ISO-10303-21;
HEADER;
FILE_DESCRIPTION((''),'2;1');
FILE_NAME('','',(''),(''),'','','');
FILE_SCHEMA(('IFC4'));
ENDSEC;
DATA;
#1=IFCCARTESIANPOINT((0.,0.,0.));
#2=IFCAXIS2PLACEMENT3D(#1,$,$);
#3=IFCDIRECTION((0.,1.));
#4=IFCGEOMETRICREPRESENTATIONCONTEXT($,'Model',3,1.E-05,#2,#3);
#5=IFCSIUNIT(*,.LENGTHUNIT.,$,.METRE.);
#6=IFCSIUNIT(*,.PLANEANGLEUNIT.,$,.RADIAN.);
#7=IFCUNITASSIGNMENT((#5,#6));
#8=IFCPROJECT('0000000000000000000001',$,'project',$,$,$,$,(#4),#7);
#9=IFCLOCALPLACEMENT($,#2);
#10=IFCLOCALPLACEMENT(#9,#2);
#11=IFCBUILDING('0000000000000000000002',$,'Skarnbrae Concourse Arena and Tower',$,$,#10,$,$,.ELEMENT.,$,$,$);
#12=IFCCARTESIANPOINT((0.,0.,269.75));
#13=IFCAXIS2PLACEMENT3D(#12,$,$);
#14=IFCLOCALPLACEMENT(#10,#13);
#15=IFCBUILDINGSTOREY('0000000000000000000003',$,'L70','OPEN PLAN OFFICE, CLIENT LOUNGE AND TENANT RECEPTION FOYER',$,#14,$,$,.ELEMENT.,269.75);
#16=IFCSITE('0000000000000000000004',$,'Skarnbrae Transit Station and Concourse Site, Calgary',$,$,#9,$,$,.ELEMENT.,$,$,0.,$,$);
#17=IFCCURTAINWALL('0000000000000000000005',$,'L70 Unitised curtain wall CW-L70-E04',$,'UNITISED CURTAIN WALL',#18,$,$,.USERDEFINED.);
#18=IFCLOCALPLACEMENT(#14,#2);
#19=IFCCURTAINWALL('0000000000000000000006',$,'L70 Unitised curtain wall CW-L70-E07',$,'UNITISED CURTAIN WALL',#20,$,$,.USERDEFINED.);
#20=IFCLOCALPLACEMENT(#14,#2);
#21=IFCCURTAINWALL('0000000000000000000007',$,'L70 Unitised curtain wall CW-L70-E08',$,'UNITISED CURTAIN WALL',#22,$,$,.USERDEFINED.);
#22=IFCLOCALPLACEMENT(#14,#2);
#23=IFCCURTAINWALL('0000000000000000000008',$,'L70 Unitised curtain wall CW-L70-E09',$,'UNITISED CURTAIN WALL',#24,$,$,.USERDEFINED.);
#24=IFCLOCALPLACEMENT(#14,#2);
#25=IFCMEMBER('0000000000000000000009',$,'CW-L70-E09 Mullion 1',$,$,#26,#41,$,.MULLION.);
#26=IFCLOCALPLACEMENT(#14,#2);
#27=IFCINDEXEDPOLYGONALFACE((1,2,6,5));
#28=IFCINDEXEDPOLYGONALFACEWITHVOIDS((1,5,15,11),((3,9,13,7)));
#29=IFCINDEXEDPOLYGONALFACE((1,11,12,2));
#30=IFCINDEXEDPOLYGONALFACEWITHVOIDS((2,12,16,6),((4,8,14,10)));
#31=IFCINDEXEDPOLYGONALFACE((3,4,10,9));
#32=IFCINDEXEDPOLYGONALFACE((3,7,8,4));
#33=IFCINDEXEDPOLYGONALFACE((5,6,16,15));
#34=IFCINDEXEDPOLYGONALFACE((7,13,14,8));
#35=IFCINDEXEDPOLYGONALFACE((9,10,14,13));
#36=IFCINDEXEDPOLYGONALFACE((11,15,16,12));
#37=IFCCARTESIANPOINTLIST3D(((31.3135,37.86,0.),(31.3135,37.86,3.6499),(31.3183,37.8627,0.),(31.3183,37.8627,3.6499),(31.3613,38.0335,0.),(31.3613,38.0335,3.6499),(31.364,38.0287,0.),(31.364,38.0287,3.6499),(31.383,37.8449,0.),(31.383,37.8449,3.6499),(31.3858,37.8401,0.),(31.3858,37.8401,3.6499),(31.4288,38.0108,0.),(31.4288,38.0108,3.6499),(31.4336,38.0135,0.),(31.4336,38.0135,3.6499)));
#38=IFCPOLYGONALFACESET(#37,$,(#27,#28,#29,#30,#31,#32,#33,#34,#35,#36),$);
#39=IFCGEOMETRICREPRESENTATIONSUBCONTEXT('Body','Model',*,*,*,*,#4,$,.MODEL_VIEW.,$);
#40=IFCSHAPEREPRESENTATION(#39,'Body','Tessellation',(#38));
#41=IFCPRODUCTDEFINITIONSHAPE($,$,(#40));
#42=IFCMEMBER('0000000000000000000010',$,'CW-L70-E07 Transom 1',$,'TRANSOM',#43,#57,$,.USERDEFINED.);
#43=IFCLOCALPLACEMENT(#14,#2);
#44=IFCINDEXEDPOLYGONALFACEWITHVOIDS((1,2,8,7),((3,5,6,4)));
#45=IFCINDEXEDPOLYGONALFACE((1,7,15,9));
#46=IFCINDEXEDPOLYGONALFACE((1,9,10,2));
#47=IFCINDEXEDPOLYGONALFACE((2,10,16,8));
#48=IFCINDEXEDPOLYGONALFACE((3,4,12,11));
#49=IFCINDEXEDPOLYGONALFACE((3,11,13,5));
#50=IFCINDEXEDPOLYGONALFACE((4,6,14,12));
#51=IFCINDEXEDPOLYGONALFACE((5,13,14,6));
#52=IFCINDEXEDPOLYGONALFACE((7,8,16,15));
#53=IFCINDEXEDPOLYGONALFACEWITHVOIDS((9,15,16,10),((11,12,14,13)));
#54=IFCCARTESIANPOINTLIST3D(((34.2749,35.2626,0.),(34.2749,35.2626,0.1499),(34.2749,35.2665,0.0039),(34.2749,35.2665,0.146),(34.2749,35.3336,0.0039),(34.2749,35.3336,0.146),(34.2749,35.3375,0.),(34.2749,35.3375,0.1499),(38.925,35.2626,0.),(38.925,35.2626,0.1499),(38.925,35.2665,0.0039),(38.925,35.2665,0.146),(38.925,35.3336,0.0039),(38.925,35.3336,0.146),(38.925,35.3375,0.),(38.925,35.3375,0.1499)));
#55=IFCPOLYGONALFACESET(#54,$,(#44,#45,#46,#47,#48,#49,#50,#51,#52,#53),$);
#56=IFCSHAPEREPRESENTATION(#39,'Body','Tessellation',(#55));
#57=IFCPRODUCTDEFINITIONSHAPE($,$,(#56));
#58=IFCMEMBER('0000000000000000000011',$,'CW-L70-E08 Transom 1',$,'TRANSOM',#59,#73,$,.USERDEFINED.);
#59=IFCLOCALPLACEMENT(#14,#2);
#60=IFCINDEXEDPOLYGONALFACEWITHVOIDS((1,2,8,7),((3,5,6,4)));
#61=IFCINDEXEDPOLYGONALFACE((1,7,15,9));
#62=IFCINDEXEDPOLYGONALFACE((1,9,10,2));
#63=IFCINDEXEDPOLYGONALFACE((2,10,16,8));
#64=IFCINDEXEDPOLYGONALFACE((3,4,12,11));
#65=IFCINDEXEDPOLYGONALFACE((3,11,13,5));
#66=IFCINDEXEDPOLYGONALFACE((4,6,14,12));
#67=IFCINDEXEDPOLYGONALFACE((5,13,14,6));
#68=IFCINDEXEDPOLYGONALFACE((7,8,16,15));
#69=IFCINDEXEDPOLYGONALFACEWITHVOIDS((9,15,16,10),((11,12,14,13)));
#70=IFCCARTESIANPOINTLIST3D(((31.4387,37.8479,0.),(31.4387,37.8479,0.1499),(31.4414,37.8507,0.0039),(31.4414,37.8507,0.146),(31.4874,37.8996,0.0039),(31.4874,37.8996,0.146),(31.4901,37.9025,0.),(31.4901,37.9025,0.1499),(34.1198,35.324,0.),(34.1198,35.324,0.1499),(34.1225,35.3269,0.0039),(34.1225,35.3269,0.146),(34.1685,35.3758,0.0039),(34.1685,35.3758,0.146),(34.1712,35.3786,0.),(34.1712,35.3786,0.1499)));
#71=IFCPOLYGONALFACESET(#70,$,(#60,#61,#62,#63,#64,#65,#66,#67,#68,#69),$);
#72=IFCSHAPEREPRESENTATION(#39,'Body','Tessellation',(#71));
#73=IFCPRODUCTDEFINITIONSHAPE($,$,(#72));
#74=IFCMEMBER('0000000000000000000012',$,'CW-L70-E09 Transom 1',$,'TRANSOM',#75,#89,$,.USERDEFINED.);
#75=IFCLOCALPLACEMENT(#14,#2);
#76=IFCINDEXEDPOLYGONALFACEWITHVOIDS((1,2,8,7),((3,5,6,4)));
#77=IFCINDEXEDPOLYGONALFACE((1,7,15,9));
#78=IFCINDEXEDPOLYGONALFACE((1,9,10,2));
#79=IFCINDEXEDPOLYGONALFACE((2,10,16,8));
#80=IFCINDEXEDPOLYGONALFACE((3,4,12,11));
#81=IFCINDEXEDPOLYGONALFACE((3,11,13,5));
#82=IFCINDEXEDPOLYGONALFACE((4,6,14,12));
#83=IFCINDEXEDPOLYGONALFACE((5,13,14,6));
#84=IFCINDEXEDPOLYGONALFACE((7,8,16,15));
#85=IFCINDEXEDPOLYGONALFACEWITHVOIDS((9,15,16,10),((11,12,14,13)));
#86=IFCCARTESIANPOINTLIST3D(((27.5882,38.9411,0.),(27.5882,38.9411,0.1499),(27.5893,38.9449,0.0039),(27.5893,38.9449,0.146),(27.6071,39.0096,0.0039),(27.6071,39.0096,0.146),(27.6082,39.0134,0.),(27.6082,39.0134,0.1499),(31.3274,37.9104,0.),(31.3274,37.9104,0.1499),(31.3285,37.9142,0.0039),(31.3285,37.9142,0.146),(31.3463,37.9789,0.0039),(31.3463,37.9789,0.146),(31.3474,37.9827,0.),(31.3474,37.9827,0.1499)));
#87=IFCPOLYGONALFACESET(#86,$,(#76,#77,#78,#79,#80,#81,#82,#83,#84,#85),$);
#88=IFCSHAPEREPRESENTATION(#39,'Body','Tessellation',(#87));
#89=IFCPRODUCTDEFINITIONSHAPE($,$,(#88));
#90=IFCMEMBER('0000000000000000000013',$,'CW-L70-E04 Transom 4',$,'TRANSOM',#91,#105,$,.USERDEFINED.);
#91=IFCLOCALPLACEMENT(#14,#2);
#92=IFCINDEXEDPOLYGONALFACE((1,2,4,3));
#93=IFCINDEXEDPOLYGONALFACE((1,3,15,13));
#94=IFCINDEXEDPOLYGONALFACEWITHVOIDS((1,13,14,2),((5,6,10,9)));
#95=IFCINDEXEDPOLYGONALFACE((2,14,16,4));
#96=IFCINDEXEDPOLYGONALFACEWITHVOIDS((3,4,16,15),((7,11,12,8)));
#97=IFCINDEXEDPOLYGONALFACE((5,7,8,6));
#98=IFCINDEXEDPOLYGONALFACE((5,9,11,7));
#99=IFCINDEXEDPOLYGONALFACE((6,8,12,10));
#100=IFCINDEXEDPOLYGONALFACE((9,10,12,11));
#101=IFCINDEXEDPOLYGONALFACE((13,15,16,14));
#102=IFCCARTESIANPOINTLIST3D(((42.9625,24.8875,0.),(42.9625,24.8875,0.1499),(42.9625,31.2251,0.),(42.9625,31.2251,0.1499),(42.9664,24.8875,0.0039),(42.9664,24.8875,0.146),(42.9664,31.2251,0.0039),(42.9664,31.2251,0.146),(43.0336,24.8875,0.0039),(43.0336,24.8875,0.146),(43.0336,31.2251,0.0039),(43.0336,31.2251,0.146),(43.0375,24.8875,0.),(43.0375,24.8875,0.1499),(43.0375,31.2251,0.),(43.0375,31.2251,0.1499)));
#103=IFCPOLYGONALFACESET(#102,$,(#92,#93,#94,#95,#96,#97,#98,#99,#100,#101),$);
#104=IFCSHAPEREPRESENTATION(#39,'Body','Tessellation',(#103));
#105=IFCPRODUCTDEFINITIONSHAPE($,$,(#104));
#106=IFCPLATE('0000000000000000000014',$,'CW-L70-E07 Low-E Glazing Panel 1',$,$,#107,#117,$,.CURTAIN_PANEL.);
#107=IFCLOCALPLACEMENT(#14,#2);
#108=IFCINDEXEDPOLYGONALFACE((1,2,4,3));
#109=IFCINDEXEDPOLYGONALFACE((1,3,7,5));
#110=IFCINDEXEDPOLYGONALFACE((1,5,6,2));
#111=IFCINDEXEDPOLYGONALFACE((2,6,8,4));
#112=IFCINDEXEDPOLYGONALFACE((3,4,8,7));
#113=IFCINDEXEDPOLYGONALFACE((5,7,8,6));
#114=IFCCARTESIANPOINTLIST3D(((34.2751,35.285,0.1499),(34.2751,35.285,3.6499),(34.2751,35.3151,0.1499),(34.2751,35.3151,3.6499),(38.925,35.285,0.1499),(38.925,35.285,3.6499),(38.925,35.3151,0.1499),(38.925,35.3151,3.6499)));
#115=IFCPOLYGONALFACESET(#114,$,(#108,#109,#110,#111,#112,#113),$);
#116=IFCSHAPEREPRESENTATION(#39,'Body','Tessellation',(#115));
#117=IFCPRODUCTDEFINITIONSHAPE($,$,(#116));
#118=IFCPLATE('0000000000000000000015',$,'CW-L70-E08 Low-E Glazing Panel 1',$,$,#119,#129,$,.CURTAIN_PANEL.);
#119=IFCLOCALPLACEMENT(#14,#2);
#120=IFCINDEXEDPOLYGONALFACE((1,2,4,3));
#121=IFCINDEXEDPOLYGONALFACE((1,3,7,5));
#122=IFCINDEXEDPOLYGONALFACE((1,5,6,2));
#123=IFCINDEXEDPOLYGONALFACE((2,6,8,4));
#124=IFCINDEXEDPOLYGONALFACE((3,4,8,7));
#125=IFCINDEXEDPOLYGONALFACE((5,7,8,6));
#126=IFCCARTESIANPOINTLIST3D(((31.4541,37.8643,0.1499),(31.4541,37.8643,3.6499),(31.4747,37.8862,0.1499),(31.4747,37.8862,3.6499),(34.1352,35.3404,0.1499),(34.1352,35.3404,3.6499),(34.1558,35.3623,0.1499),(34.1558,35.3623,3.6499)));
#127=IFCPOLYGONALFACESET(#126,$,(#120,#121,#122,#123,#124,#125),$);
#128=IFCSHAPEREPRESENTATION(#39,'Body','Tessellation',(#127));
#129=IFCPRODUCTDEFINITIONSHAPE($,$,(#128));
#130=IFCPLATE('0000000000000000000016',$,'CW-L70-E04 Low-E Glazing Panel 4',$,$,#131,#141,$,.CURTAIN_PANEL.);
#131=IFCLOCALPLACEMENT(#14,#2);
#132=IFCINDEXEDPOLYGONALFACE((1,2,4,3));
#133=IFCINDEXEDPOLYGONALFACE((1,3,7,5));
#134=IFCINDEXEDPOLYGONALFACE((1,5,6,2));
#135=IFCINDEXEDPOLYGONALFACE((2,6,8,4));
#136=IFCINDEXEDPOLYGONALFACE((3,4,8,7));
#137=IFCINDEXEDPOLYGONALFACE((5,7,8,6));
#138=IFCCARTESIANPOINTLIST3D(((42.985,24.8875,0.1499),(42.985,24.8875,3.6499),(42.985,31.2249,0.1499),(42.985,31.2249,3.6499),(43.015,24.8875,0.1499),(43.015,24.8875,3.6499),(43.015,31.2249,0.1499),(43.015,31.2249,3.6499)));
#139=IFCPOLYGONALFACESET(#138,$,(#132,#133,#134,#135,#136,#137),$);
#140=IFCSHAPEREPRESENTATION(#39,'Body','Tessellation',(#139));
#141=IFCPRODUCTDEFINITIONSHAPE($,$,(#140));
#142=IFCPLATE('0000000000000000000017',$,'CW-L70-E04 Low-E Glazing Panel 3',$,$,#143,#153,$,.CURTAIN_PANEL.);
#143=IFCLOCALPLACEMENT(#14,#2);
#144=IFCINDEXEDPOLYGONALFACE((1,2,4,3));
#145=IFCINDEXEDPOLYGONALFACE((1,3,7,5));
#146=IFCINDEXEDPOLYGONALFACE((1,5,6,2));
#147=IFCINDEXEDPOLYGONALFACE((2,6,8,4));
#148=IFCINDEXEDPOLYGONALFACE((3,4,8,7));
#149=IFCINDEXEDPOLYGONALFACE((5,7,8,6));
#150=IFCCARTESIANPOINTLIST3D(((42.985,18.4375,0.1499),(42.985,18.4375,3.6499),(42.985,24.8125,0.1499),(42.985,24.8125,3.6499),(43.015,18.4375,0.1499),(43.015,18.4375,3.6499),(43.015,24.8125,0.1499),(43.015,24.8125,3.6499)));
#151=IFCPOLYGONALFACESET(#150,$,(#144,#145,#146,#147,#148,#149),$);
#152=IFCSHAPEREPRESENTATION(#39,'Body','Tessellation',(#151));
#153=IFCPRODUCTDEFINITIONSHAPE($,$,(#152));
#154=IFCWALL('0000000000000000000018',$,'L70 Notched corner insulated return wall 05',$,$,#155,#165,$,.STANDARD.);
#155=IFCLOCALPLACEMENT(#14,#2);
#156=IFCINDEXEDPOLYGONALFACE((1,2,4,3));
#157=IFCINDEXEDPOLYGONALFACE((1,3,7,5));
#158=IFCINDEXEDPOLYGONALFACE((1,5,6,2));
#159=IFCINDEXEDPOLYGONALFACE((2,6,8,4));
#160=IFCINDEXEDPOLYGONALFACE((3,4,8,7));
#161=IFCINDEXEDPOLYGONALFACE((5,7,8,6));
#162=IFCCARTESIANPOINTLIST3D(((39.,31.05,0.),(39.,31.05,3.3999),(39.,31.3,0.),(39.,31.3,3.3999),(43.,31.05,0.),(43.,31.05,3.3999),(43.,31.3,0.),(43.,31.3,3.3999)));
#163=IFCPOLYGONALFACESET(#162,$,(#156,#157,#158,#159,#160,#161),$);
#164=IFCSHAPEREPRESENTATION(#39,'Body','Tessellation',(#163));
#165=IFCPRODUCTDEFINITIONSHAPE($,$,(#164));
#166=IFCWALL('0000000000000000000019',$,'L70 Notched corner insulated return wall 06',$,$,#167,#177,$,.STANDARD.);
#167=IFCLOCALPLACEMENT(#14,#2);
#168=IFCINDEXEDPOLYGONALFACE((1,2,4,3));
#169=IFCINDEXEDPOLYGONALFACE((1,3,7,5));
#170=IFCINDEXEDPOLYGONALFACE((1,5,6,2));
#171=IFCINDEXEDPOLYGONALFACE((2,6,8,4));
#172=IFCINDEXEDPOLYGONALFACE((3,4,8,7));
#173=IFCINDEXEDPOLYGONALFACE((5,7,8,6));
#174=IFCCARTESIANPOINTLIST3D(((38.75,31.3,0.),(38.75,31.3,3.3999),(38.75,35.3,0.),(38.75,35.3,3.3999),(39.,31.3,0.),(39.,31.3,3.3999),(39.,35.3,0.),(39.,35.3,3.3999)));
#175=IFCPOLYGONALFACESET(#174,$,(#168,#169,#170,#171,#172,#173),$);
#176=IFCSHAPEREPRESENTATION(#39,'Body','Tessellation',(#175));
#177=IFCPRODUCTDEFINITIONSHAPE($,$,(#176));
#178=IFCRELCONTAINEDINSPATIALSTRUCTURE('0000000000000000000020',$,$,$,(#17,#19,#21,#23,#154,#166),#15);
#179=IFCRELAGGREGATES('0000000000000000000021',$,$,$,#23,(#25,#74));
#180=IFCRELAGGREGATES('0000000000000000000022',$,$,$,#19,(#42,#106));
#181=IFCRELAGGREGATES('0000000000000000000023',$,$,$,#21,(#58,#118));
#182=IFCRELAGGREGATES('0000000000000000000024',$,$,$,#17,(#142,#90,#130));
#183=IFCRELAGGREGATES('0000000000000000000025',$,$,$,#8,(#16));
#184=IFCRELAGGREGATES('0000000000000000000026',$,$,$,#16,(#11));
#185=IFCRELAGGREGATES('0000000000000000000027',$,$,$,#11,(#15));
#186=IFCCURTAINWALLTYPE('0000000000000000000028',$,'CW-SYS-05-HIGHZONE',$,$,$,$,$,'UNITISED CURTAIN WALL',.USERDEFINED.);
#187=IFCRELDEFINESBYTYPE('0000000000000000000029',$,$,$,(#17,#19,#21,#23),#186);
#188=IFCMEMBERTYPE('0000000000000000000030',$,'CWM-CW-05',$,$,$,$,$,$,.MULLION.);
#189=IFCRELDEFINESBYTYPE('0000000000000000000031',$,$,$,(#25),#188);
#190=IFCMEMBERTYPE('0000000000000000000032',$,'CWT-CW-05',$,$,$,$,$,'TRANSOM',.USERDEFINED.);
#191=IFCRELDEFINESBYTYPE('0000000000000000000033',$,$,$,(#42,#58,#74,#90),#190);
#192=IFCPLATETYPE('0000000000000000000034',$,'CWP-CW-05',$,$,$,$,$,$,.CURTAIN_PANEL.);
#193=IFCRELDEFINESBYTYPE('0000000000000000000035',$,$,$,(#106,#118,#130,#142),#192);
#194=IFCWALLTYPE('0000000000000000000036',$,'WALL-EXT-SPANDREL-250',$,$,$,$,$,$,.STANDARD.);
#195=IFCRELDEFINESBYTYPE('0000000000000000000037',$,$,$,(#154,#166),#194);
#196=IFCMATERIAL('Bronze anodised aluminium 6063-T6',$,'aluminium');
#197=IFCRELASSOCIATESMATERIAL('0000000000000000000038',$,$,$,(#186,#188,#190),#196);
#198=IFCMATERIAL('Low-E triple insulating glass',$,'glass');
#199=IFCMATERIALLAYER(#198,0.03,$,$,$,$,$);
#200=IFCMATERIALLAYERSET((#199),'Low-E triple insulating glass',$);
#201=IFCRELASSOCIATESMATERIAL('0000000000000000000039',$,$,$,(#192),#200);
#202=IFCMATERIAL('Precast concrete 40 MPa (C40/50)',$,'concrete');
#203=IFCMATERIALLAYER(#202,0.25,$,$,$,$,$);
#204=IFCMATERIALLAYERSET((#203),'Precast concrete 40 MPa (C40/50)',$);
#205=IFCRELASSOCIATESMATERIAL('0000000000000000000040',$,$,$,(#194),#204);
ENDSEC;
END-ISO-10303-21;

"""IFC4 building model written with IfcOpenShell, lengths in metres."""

from ifc_helpers import new_model, si_unit, direction, frame, frame_2d, origin, origin_2d, place, context, subcontext, project, spatial, rectangle, hollow_rectangle, extrude, source, transform, mapped, material, layer, layer_set, material_profile, profile_set, type_object, element, aggregate, save


model = new_model("IFC4")

# Units and contexts
model_context = context("Model", 3, precision=1e-05, world=origin(), true_north=direction((0.0, 1.0)))
body_context = subcontext(model_context, "Body", "Model", "MODEL_VIEW")
ifc_project = project(units=[si_unit("LENGTHUNIT", "METRE"), si_unit("PLANEANGLEUNIT", "RADIAN")], contexts=[model_context])

# Site, building, storey
site_placement = place(None, origin())
site = spatial("IfcSite", under=ifc_project, at=site_placement, Name="Skarnbrae Transit Station and Concourse Site, Calgary", CompositionType="ELEMENT", RefElevation=0.0)
building_placement = place(site_placement, origin())
building = spatial("IfcBuilding", under=site, at=building_placement, Name="Skarnbrae Concourse Arena and Tower", CompositionType="ELEMENT")
storey_placement = place(building_placement, frame((0.0, 0.0, 269.75)))
storey = spatial("IfcBuildingStorey", under=building, at=storey_placement, Name="L70", Description="OPEN PLAN OFFICE, CLIENT LOUNGE AND TENANT RECEPTION FOYER", CompositionType="ELEMENT", Elevation=269.75)

# Curtain walls
ifc_material_1 = material(Name="Bronze anodised aluminium 6063-T6", Category="aluminium")
curtain_wall_type = type_object("IfcCurtainWallType", Name="CW-SYS-05-HIGHZONE", ElementType="UNITISED CURTAIN WALL", PredefinedType="USERDEFINED", material=ifc_material_1)
curtain_wall_1_placement = place(storey_placement, origin())
curtain_wall_1 = element("IfcCurtainWall", 1, at=curtain_wall_1_placement, inside=storey, type_object=curtain_wall_type, Name="L70 Unitised curtain wall CW-L70-E04", ObjectType="UNITISED CURTAIN WALL", PredefinedType="USERDEFINED")
ifc_material_profile_1 = material_profile(ifc_material_1, hollow_rectangle(XDim=0.075, YDim=0.1799, WallThickness=0.0039, at=origin_2d()), Name="ALU-MULL-75X180")
ifc_profile_set_1 = profile_set([ifc_material_profile_1], Name="Bronze anodised aluminium 6063-T6")
member_type_1 = type_object("IfcMemberType", Name="CWM-CW-05", PredefinedType="MULLION", material=ifc_profile_set_1)
shared_shape_1 = source(origin(), body_context, "Body", "SweptSolid", [
    extrude(hollow_rectangle(XDim=0.075, YDim=0.1799, WallThickness=0.0039, at=origin_2d()), origin(), (0.0, 0.0, 1.0), 3.6499),
])
curtain_wall_2_placement = place(storey_placement, origin())
curtain_wall_2 = element("IfcCurtainWall", 2, at=curtain_wall_2_placement, inside=storey, type_object=curtain_wall_type, Name="L70 Unitised curtain wall CW-L70-E07", ObjectType="UNITISED CURTAIN WALL", PredefinedType="USERDEFINED")
curtain_wall_3_placement = place(storey_placement, origin())
curtain_wall_3 = element("IfcCurtainWall", 3, at=curtain_wall_3_placement, inside=storey, type_object=curtain_wall_type, Name="L70 Unitised curtain wall CW-L70-E08", ObjectType="UNITISED CURTAIN WALL", PredefinedType="USERDEFINED")

# Curtain wall, member
curtain_wall_4_placement = place(storey_placement, origin())
curtain_wall_4 = element("IfcCurtainWall", 4, at=curtain_wall_4_placement, inside=storey, type_object=curtain_wall_type, Name="L70 Unitised curtain wall CW-L70-E09", ObjectType="UNITISED CURTAIN WALL", PredefinedType="USERDEFINED")
member_1_placement = place(storey_placement, frame((31.3735, 37.9368, 0.0), z_axis=(0.0, 0.0, 1.0), x_axis=(-0.964057, 0.265694, 0.0)))
member_1 = element("IfcMember", 5, at=member_1_placement, type_object=member_type_1, Name="CW-L70-E09 Mullion 1", PredefinedType="MULLION", context=body_context, shape_type="MappedRepresentation", body=[
    mapped(shared_shape_1, transform((0.0, 0.0, 0.0))),
])

# Members
ifc_material_profile_2 = material_profile(ifc_material_1, hollow_rectangle(XDim=0.075, YDim=0.1499, WallThickness=0.0039, at=origin_2d()), Name="ALU-TRAN-75X150")
ifc_profile_set_2 = profile_set([ifc_material_profile_2], Name="Bronze anodised aluminium 6063-T6")
member_type_2 = type_object("IfcMemberType", Name="CWT-CW-05", ElementType="TRANSOM", PredefinedType="USERDEFINED", material=ifc_profile_set_2)
shared_shape_2 = source(origin(), body_context, "Body", "SweptSolid", [
    extrude(hollow_rectangle(XDim=0.075, YDim=0.1499, WallThickness=0.0039, at=origin_2d()), origin(), (0.0, 0.0, 1.0), 4.6501),
])
member_2_placement = place(storey_placement, frame((38.925, 35.3, 0.075), z_axis=(-1.0, 0.0, 0.0), x_axis=(0.0, -1.0, 0.0)))
member_2 = element("IfcMember", 6, at=member_2_placement, type_object=member_type_2, Name="CW-L70-E07 Transom 1", ObjectType="TRANSOM", PredefinedType="USERDEFINED", context=body_context, shape_type="MappedRepresentation", body=[
    mapped(shared_shape_2, transform((0.0, 0.0, 0.0))),
])
shared_shape_3 = source(origin(), body_context, "Body", "SweptSolid", [
    extrude(hollow_rectangle(XDim=0.075, YDim=0.1499, WallThickness=0.0039, at=origin_2d()), origin(), (0.0, 0.0, 1.0), 3.6821),
])
member_3_placement = place(storey_placement, frame((34.1455, 35.3513, 0.075), z_axis=(-0.728134, 0.685435, 0.0), x_axis=(-0.685435, -0.728134, 0.0)))
member_3 = element("IfcMember", 7, at=member_3_placement, type_object=member_type_2, Name="CW-L70-E08 Transom 1", ObjectType="TRANSOM", PredefinedType="USERDEFINED", context=body_context, shape_type="MappedRepresentation", body=[
    mapped(shared_shape_3, transform((0.0, 0.0, 0.0))),
])
shared_shape_4 = source(origin(), body_context, "Body", "SweptSolid", [
    extrude(hollow_rectangle(XDim=0.075, YDim=0.1499, WallThickness=0.0039, at=origin_2d()), origin(), (0.0, 0.0, 1.0), 3.8787),
])
member_4_placement = place(storey_placement, frame((31.3374, 37.9465, 0.075), z_axis=(-0.964043, 0.265747, 0.0), x_axis=(-0.265747, -0.964043, 0.0)))
member_4 = element("IfcMember", 8, at=member_4_placement, type_object=member_type_2, Name="CW-L70-E09 Transom 1", ObjectType="TRANSOM", PredefinedType="USERDEFINED", context=body_context, shape_type="MappedRepresentation", body=[
    mapped(shared_shape_4, transform((0.0, 0.0, 0.0))),
])
aggregate(curtain_wall_4, [member_1, member_4])
shared_shape_5 = source(origin(), body_context, "Body", "SweptSolid", [
    extrude(hollow_rectangle(XDim=0.075, YDim=0.1499, WallThickness=0.0039, at=origin_2d()), origin(), (0.0, 0.0, 1.0), 6.3376),
])
member_5_placement = place(storey_placement, frame((43.0, 24.8875, 0.075), z_axis=(0.0, 1.0, 0.0), x_axis=(-1.0, 0.0, 0.0)))
member_5 = element("IfcMember", 9, at=member_5_placement, type_object=member_type_2, Name="CW-L70-E04 Transom 4", ObjectType="TRANSOM", PredefinedType="USERDEFINED", context=body_context, shape_type="MappedRepresentation", body=[
    mapped(shared_shape_5, transform((0.0, 0.0, 0.0))),
])

# Plates
ifc_material_2 = material(Name="Low-E triple insulating glass", Category="glass")
ifc_layer_1 = layer(ifc_material_2, 0.03)
ifc_layer_set_1 = layer_set([ifc_layer_1], Name="Low-E triple insulating glass")
plate_type = type_object("IfcPlateType", Name="CWP-CW-05", PredefinedType="CURTAIN_PANEL", material=ifc_layer_set_1)
shared_shape_6 = source(origin(), body_context, "Body", "SweptSolid", [
    extrude(rectangle(XDim=4.6499, YDim=0.03, at=origin_2d()), origin(), (0.0, 0.0, 1.0), 3.5),
])
plate_1_placement = place(storey_placement, frame((36.6001, 35.3, 0.1499), z_axis=(0.0, 0.0, 1.0), x_axis=(-1.0, 0.0, 0.0)))
plate_1 = element("IfcPlate", 10, at=plate_1_placement, type_object=plate_type, Name="CW-L70-E07 Low-E Glazing Panel 1", PredefinedType="CURTAIN_PANEL", context=body_context, shape_type="MappedRepresentation", body=[
    mapped(shared_shape_6, transform((0.0, 0.0, 0.0))),
])
aggregate(curtain_wall_2, [member_2, plate_1])
shared_shape_7 = source(origin(), body_context, "Body", "SweptSolid", [
    extrude(rectangle(XDim=3.6821, YDim=0.03, at=origin_2d()), origin(), (0.0, 0.0, 1.0), 3.5),
])
plate_2_placement = place(storey_placement, frame((32.8049, 36.6133, 0.1499), z_axis=(0.0, 0.0, 1.0), x_axis=(-0.728131, 0.685438, 0.0)))
plate_2 = element("IfcPlate", 11, at=plate_2_placement, type_object=plate_type, Name="CW-L70-E08 Low-E Glazing Panel 1", PredefinedType="CURTAIN_PANEL", context=body_context, shape_type="MappedRepresentation", body=[
    mapped(shared_shape_7, transform((0.0, 0.0, 0.0))),
])
aggregate(curtain_wall_3, [member_3, plate_2])
shared_shape_8 = source(origin(), body_context, "Body", "SweptSolid", [
    extrude(rectangle(XDim=6.3374, YDim=0.03, at=origin_2d()), origin(), (0.0, 0.0, 1.0), 3.5),
])
plate_3_placement = place(storey_placement, frame((43.0, 28.0562, 0.1499), z_axis=(0.0, 0.0, 1.0), x_axis=(0.0, 1.0, 0.0)))
plate_3 = element("IfcPlate", 12, at=plate_3_placement, type_object=plate_type, Name="CW-L70-E04 Low-E Glazing Panel 4", PredefinedType="CURTAIN_PANEL", context=body_context, shape_type="MappedRepresentation", body=[
    mapped(shared_shape_8, transform((0.0, 0.0, 0.0))),
])
shared_shape_9 = source(origin(), body_context, "Body", "SweptSolid", [
    extrude(rectangle(XDim=6.375, YDim=0.03, at=origin_2d()), origin(), (0.0, 0.0, 1.0), 3.5),
])
plate_4_placement = place(storey_placement, frame((43.0, 21.625, 0.1499), z_axis=(0.0, 0.0, 1.0), x_axis=(0.0, 1.0, 0.0)))
plate_4 = element("IfcPlate", 13, at=plate_4_placement, type_object=plate_type, Name="CW-L70-E04 Low-E Glazing Panel 3", PredefinedType="CURTAIN_PANEL", context=body_context, shape_type="MappedRepresentation", body=[
    mapped(shared_shape_9, transform((0.0, 0.0, 0.0))),
])
aggregate(curtain_wall_1, [plate_4, member_5, plate_3])

# Walls
ifc_material_3 = material(Name="Precast concrete 40 MPa (C40/50)", Category="concrete")
ifc_layer_2 = layer(ifc_material_3, 0.25)
ifc_layer_set_2 = layer_set([ifc_layer_2], Name="Precast concrete 40 MPa (C40/50)")
wall_type_1 = type_object("IfcWallType", Name="WALL-EXT-SPANDREL-250", PredefinedType="STANDARD", material=ifc_layer_set_2)
shared_shape_10 = source(origin(), body_context, "Body", "SweptSolid", [
    extrude(rectangle(XDim=4.0, YDim=0.25, at=frame_2d((2.0, 0.0))), origin(), (0.0, 0.0, 1.0), 3.3999),
])
for number, where, z_axis, x_axis, name in (
    (14, (43.0, 31.175, 0.0), (0.0, 0.0, 1.0), (-1.0, 0.0, 0.0), "L70 Notched corner insulated return wall 05"),
    (15, (38.875, 31.3, 0.0), (0.0, 0.0, 1.0), (0.0, 1.0, 0.0), "L70 Notched corner insulated return wall 06"),
):
    element("IfcWall", number, at=place(storey_placement, frame(where, z_axis=z_axis, x_axis=x_axis)), inside=storey, type_object=wall_type_1, Name=name, PredefinedType="STANDARD", context=body_context, shape_type="MappedRepresentation", body=[
        mapped(shared_shape_10, transform((0.0, 0.0, 0.0))),
    ])

save(model, "model.ifc")
